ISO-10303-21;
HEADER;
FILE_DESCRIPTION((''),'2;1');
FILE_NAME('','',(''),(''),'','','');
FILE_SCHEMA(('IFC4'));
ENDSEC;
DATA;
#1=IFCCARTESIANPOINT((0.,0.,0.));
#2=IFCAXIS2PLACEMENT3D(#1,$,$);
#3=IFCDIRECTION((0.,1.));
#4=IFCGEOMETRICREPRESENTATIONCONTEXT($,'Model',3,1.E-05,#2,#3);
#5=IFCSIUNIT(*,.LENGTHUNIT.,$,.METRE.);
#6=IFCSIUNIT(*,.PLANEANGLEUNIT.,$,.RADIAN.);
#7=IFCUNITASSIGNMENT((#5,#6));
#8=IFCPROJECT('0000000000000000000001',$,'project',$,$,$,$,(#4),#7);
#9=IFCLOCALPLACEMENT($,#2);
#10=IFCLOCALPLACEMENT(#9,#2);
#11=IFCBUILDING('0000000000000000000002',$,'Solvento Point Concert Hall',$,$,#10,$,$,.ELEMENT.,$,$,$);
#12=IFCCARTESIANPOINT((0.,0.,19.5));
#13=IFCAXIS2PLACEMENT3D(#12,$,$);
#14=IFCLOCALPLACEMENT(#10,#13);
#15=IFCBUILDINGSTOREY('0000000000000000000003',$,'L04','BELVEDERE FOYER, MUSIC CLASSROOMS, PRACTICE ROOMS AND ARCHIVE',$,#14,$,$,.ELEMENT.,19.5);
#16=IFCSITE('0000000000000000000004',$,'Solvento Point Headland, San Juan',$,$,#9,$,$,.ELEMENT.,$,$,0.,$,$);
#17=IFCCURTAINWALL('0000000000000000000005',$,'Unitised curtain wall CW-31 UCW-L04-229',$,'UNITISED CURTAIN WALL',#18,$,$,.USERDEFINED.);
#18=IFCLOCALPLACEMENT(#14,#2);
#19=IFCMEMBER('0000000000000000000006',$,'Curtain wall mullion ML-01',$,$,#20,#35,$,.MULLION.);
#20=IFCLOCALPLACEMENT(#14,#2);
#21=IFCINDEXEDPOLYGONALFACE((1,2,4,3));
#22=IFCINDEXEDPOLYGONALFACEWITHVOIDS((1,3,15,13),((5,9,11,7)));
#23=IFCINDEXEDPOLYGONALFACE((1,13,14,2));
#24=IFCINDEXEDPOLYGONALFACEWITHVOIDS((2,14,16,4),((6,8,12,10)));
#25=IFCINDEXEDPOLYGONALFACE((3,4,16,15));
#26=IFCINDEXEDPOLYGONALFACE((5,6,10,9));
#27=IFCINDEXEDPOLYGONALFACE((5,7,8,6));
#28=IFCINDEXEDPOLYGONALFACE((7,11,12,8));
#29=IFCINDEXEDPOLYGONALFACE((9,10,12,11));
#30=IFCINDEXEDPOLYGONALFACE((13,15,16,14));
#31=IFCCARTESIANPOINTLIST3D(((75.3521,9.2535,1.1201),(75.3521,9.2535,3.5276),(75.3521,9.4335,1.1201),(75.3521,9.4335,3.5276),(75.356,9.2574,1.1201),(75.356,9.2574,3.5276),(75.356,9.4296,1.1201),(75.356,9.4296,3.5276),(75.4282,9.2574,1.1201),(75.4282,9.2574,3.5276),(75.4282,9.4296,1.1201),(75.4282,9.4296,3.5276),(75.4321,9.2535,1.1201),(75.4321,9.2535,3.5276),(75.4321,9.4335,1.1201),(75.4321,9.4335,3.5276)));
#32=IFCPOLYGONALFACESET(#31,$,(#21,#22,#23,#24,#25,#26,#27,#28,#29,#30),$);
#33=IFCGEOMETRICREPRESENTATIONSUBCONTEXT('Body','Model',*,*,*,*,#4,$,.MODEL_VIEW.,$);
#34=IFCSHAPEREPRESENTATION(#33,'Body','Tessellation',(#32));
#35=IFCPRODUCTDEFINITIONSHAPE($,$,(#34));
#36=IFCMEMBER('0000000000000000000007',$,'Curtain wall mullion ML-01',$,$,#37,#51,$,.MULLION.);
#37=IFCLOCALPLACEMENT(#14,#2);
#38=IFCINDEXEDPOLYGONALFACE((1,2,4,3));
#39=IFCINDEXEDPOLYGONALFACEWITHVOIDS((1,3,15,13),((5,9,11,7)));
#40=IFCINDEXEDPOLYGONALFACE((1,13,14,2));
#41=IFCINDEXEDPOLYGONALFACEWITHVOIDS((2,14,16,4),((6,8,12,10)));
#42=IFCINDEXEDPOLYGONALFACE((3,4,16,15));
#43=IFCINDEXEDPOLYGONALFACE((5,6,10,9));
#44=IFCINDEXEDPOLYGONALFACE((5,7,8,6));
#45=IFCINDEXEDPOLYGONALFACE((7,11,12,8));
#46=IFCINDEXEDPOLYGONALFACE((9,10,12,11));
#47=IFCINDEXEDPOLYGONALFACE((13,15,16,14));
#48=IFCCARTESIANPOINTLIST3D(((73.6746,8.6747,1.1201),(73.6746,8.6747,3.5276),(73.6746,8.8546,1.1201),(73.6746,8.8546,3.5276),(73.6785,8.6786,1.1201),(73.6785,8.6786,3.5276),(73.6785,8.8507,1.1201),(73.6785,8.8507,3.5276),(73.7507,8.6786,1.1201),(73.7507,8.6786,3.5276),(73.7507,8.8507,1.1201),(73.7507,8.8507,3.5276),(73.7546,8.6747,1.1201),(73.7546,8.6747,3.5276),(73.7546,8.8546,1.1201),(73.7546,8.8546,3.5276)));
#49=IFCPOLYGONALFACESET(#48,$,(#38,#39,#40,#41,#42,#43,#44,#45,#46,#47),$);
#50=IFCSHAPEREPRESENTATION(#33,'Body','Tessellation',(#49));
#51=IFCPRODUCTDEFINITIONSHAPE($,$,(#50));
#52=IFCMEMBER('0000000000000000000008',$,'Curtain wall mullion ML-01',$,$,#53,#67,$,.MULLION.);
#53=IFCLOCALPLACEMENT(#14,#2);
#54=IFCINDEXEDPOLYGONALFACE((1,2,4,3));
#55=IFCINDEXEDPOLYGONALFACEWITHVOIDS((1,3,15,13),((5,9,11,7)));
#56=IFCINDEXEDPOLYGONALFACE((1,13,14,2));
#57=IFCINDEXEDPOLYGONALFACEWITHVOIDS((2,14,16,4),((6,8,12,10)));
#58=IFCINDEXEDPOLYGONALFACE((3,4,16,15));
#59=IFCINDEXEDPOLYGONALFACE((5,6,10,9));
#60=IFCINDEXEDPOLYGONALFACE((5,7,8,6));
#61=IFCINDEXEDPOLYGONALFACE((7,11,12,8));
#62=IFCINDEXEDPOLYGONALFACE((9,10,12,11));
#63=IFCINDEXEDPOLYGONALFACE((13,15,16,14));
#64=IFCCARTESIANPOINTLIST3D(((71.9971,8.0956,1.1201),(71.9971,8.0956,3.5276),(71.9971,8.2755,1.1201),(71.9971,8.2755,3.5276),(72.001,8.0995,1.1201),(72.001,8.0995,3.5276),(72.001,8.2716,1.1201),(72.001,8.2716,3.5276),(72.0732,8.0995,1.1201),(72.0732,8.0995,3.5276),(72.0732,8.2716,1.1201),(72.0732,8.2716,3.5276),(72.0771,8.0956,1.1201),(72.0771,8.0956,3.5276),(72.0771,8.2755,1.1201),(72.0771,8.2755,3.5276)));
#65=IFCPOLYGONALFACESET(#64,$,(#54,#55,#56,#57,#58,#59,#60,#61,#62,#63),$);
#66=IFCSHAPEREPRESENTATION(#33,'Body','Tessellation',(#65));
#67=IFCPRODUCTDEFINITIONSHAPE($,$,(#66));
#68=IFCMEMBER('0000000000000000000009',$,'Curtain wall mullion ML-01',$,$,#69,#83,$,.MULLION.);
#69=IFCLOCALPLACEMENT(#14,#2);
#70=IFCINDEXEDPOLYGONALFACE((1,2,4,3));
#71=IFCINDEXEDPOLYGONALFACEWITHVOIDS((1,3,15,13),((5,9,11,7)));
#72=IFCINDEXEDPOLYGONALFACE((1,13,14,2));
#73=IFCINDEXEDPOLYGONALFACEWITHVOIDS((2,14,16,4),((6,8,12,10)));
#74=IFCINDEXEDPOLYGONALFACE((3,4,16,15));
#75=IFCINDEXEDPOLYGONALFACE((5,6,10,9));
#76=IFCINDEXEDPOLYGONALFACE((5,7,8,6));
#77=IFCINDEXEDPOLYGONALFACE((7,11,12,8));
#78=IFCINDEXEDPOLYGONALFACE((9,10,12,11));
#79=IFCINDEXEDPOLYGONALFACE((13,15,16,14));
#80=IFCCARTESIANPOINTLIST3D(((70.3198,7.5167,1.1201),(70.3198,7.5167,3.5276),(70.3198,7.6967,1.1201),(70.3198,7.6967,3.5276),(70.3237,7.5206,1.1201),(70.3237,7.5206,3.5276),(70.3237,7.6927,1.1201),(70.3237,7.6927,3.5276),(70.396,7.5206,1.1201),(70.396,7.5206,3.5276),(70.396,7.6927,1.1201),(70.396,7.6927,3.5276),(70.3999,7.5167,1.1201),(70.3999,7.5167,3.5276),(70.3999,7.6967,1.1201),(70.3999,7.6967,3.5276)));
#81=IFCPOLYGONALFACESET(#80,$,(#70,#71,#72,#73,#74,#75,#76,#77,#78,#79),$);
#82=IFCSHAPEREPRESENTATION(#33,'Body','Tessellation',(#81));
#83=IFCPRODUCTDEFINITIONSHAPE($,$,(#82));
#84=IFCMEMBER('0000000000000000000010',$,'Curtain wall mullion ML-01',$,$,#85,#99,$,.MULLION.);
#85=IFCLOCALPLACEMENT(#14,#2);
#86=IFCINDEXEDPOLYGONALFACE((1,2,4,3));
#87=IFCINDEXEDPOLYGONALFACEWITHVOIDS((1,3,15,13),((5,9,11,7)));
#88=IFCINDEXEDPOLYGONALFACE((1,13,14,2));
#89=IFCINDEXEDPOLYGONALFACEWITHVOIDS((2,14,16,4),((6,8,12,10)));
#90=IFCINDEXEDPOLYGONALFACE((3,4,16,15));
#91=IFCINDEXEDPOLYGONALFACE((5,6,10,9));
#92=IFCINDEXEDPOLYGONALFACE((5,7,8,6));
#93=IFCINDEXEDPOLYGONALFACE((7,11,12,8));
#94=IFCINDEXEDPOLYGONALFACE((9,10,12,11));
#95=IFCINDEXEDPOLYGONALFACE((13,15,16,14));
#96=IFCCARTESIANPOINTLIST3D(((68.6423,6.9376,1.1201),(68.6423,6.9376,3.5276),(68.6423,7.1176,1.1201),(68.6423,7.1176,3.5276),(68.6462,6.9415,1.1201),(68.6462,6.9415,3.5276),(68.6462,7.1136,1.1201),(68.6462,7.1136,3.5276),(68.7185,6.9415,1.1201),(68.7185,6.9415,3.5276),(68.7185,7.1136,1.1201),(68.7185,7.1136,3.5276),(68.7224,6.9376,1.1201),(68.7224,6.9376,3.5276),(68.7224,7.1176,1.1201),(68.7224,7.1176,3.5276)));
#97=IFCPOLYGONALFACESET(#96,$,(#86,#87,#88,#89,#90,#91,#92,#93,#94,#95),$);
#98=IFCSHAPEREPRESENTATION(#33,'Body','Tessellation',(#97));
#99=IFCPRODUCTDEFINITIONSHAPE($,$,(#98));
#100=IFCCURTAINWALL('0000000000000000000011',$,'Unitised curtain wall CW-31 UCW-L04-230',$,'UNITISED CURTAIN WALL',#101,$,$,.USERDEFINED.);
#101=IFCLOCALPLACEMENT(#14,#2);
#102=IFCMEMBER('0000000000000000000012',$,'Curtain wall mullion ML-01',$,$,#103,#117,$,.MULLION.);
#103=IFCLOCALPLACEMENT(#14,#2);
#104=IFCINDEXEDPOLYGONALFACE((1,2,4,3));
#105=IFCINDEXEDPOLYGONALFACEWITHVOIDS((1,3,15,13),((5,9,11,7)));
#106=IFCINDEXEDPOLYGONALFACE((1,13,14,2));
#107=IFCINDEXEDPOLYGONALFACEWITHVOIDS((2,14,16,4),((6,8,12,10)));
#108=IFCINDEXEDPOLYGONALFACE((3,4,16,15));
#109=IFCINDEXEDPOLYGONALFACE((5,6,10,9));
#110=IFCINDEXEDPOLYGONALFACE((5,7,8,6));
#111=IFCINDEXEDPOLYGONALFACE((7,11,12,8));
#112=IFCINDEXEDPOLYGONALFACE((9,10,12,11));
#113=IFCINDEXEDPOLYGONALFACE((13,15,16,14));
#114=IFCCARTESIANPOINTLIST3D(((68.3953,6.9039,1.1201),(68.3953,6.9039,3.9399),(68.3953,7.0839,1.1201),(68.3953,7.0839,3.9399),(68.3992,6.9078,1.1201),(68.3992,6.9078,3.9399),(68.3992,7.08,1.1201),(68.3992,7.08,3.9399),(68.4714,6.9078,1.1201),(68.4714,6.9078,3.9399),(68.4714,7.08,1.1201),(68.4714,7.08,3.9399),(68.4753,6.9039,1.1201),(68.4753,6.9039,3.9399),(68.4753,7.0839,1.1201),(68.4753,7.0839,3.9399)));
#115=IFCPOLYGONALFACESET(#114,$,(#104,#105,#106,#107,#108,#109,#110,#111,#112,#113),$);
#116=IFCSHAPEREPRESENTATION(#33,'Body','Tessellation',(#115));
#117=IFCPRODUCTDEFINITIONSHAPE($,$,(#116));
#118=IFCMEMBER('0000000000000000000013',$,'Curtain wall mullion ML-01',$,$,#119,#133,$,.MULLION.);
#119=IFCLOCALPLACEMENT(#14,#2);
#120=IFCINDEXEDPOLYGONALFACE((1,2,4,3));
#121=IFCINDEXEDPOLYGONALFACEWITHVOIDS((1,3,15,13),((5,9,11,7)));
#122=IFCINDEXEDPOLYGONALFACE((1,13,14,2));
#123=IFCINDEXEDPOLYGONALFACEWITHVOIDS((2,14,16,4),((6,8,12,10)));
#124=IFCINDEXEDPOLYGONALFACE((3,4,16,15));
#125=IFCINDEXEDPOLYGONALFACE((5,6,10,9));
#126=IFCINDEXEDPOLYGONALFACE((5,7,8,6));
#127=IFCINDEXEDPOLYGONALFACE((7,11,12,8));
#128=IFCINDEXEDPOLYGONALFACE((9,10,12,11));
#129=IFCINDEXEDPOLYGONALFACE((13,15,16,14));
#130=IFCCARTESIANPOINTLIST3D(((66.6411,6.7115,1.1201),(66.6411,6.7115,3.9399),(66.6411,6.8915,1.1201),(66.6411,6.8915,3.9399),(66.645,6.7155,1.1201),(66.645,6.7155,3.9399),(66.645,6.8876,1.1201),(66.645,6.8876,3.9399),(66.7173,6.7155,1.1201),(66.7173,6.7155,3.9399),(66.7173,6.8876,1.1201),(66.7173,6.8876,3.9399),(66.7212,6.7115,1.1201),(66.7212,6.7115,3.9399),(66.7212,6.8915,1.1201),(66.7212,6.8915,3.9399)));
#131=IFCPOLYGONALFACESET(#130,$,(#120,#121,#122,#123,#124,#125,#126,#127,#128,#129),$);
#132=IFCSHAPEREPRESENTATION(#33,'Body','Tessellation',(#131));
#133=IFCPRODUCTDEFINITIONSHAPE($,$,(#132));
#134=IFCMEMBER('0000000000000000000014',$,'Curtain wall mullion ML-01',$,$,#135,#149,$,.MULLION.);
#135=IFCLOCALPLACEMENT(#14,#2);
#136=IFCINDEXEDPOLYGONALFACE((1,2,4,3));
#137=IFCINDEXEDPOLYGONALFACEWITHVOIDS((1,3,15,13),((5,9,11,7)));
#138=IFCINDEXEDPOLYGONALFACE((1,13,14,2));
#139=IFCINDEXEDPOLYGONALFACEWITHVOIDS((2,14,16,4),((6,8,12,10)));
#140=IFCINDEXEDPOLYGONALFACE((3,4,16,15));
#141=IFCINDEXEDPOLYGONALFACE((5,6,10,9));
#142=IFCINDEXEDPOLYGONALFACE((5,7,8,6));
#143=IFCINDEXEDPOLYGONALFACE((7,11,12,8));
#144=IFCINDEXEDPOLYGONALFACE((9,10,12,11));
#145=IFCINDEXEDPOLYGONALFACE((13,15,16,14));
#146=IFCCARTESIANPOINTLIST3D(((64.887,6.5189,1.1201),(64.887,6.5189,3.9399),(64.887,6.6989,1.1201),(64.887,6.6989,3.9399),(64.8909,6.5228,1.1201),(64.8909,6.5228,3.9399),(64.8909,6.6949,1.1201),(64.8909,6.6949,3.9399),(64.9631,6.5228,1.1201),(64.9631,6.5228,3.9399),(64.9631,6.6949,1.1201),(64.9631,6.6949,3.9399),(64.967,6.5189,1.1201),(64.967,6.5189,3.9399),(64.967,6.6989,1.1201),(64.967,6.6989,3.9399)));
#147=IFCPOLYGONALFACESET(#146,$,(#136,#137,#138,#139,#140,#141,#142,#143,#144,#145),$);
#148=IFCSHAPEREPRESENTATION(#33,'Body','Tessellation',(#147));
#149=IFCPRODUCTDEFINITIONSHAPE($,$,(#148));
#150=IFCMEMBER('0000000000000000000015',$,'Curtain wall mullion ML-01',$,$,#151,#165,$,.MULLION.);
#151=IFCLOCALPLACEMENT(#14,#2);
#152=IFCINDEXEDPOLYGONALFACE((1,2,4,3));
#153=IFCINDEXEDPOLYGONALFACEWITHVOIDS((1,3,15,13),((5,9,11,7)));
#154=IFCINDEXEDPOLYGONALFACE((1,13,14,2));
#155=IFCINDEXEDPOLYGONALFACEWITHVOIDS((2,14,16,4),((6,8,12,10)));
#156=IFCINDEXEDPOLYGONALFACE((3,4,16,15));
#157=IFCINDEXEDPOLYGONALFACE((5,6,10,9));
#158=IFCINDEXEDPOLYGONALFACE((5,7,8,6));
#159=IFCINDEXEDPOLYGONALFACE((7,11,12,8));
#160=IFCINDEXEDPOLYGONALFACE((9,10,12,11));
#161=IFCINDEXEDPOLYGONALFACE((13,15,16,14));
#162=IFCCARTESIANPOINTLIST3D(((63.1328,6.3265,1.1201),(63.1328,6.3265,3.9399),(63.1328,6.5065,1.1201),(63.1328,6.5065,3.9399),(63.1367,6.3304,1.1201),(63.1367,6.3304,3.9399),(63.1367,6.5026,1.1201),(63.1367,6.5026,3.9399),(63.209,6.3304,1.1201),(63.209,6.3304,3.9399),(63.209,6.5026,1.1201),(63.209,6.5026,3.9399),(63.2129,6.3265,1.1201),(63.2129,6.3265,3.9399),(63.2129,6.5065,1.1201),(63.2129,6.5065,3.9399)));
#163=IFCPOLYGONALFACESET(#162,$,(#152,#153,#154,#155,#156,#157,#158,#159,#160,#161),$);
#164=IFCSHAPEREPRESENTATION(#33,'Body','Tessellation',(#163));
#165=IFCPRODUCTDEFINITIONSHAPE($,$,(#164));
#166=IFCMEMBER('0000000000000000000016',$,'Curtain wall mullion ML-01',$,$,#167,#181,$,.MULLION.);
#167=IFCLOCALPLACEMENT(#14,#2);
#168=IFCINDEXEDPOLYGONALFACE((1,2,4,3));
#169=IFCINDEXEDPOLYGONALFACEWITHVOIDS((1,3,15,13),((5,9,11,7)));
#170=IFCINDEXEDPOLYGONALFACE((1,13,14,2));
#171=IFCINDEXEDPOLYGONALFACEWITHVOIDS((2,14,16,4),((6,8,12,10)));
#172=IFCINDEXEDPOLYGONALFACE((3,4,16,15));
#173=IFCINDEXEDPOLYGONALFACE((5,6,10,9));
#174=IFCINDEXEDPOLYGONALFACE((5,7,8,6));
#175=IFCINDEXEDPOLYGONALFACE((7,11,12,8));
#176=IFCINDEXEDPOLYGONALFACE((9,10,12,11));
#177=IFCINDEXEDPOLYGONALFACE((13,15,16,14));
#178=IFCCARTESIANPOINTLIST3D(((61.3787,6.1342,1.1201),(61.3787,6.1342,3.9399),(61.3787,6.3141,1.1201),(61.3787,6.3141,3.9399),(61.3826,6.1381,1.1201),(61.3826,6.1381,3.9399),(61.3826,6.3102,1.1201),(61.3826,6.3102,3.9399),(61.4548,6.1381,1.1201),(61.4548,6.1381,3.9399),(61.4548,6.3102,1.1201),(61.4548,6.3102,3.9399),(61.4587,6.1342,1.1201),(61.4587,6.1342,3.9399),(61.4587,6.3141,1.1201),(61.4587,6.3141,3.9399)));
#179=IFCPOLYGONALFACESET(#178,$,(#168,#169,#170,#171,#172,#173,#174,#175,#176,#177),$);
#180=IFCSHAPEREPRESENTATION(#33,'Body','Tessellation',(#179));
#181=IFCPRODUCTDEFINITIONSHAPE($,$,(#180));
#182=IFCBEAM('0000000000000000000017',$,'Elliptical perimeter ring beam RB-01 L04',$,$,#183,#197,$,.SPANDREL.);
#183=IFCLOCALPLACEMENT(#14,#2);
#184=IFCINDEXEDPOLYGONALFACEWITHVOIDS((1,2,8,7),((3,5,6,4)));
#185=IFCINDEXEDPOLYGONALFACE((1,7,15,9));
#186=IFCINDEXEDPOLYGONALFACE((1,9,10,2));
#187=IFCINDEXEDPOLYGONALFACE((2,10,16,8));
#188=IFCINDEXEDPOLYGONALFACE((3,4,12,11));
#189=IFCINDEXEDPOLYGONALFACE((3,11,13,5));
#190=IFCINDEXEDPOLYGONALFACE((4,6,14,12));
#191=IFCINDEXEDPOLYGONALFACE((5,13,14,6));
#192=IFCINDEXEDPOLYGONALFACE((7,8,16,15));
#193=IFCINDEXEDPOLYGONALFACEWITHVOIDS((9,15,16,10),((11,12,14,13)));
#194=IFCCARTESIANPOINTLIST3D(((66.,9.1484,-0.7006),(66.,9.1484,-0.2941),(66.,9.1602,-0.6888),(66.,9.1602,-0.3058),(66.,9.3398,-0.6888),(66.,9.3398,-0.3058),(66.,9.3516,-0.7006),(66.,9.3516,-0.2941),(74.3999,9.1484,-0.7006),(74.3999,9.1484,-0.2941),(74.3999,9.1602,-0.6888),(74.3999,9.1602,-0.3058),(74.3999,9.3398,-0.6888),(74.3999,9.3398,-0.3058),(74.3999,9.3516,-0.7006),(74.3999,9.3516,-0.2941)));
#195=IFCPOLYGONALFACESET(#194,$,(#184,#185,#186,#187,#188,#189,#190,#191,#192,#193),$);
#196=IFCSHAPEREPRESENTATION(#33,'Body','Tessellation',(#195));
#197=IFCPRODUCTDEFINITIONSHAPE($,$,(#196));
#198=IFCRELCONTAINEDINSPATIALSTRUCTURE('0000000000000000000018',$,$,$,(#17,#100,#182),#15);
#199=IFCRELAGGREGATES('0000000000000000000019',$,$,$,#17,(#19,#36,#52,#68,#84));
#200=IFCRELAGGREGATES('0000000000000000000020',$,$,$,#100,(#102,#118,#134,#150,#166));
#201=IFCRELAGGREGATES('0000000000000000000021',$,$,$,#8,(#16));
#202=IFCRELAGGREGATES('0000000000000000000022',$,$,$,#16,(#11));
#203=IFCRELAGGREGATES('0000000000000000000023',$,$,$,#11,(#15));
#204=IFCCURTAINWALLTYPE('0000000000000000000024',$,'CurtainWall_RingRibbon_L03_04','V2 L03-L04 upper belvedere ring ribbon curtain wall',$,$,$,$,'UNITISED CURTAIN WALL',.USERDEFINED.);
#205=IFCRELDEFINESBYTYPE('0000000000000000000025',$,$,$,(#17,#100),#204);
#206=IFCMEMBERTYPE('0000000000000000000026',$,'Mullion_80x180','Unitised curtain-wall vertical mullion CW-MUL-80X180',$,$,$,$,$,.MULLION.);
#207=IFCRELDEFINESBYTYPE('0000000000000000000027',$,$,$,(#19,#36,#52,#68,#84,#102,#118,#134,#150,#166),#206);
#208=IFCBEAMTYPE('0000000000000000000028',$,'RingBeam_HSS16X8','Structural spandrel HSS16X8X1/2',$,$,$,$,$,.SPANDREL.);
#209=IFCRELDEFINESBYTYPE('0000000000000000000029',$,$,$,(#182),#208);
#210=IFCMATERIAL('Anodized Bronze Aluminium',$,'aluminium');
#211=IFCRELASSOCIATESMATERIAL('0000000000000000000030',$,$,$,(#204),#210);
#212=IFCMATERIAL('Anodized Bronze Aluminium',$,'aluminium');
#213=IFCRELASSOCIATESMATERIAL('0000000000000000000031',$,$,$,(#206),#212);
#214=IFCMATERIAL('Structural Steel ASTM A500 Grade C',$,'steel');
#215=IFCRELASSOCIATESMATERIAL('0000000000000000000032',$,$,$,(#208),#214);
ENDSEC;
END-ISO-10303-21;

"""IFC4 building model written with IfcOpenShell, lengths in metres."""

from ifc_helpers import new_model, si_unit, direction, frame, origin, origin_2d, place, context, subcontext, project, spatial, hollow_rectangle, extrude, material, material_profile, profile_set, type_object, element, aggregate, save


model = new_model("IFC4")

# Units and contexts
model_context = context("Model", 3, precision=1e-05, world=origin(), true_north=direction((0.0, 1.0)))
body_context = subcontext(model_context, "Body", "Model", "MODEL_VIEW")
ifc_project = project(units=[si_unit("LENGTHUNIT", "METRE"), si_unit("PLANEANGLEUNIT", "RADIAN")], contexts=[model_context])

# Site, building, storey
site_placement = place(None, origin())
site = spatial("IfcSite", under=ifc_project, at=site_placement, Name="Solvento Point Headland, San Juan", CompositionType="ELEMENT", RefElevation=0.0)
building_placement = place(site_placement, origin())
building = spatial("IfcBuilding", under=site, at=building_placement, Name="Solvento Point Concert Hall", CompositionType="ELEMENT")
storey_placement = place(building_placement, frame((0.0, 0.0, 19.5)))
storey = spatial("IfcBuildingStorey", under=building, at=storey_placement, Name="L04", Description="BELVEDERE FOYER, MUSIC CLASSROOMS, PRACTICE ROOMS AND ARCHIVE", CompositionType="ELEMENT", Elevation=19.5)

# Curtain walls, members
ifc_material_1 = material(Name="Anodized Bronze Aluminium", Category="aluminium")
curtain_wall_type = type_object("IfcCurtainWallType", Name="CurtainWall_RingRibbon_L03_04", Description="V2 L03-L04 upper belvedere ring ribbon curtain wall", ElementType="UNITISED CURTAIN WALL", PredefinedType="USERDEFINED", material=ifc_material_1)
curtain_wall_1_placement = place(storey_placement, origin())
curtain_wall_1 = element("IfcCurtainWall", 1, at=curtain_wall_1_placement, inside=storey, type_object=curtain_wall_type, Name="Unitised curtain wall CW-31 UCW-L04-229", ObjectType="UNITISED CURTAIN WALL", PredefinedType="USERDEFINED")
ifc_material_2 = material(Name="Anodized Bronze Aluminium", Category="aluminium")
ifc_material_profile_1 = material_profile(ifc_material_2, hollow_rectangle(XDim=0.0801, YDim=0.1799, WallThickness=0.0039, at=origin_2d()), Name="CW-MUL-80X180")
ifc_profile_set_1 = profile_set([ifc_material_profile_1], Name="Anodized Bronze Aluminium")
member_type_1 = type_object("IfcMemberType", Name="Mullion_80x180", Description="Unitised curtain-wall vertical mullion CW-MUL-80X180", PredefinedType="MULLION", material=ifc_profile_set_1)
member_1_placement = place(storey_placement, frame((75.3921, 9.3435, 1.1201), z_axis=(0.0, 0.0, 1.0), x_axis=(1.0, 0.0, 0.0)))
member_1 = element("IfcMember", 2, at=member_1_placement, type_object=member_type_1, Name="Curtain wall mullion ML-01", PredefinedType="MULLION", context=body_context, shape_type="SweptSolid", body=[
    extrude(hollow_rectangle(XDim=0.0801, YDim=0.1799, WallThickness=0.0039, at=origin_2d()), origin(), (0.0, 0.0, 1.0), 2.4075),
])
member_2_placement = place(storey_placement, frame((73.7146, 8.7646, 1.1201), z_axis=(0.0, 0.0, 1.0), x_axis=(1.0, 0.0, 0.0)))
member_2 = element("IfcMember", 3, at=member_2_placement, type_object=member_type_1, Name="Curtain wall mullion ML-01", PredefinedType="MULLION", context=body_context, shape_type="SweptSolid", body=[
    extrude(hollow_rectangle(XDim=0.0801, YDim=0.1799, WallThickness=0.0039, at=origin_2d()), origin(), (0.0, 0.0, 1.0), 2.4075),
])
member_3_placement = place(storey_placement, frame((72.0371, 8.1855, 1.1201), z_axis=(0.0, 0.0, 1.0), x_axis=(1.0, 0.0, 0.0)))
member_3 = element("IfcMember", 4, at=member_3_placement, type_object=member_type_1, Name="Curtain wall mullion ML-01", PredefinedType="MULLION", context=body_context, shape_type="SweptSolid", body=[
    extrude(hollow_rectangle(XDim=0.0801, YDim=0.1799, WallThickness=0.0039, at=origin_2d()), origin(), (0.0, 0.0, 1.0), 2.4075),
])
member_4_placement = place(storey_placement, frame((70.3599, 7.6067, 1.1201), z_axis=(0.0, 0.0, 1.0), x_axis=(1.0, 0.0, 0.0)))
member_4 = element("IfcMember", 5, at=member_4_placement, type_object=member_type_1, Name="Curtain wall mullion ML-01", PredefinedType="MULLION", context=body_context, shape_type="SweptSolid", body=[
    extrude(hollow_rectangle(XDim=0.0801, YDim=0.1799, WallThickness=0.0039, at=origin_2d()), origin(), (0.0, 0.0, 1.0), 2.4075),
])
member_5_placement = place(storey_placement, frame((68.6824, 7.0276, 1.1201), z_axis=(0.0, 0.0, 1.0), x_axis=(1.0, 0.0, 0.0)))
member_5 = element("IfcMember", 6, at=member_5_placement, type_object=member_type_1, Name="Curtain wall mullion ML-01", PredefinedType="MULLION", context=body_context, shape_type="SweptSolid", body=[
    extrude(hollow_rectangle(XDim=0.0801, YDim=0.1799, WallThickness=0.0039, at=origin_2d()), origin(), (0.0, 0.0, 1.0), 2.4075),
])
curtain_wall_2_placement = place(storey_placement, origin())
curtain_wall_2 = element("IfcCurtainWall", 7, at=curtain_wall_2_placement, inside=storey, type_object=curtain_wall_type, Name="Unitised curtain wall CW-31 UCW-L04-230", ObjectType="UNITISED CURTAIN WALL", PredefinedType="USERDEFINED")
member_6_placement = place(storey_placement, frame((68.4353, 6.9939, 1.1201), z_axis=(0.0, 0.0, 1.0), x_axis=(1.0, 0.0, 0.0)))
member_6 = element("IfcMember", 8, at=member_6_placement, type_object=member_type_1, Name="Curtain wall mullion ML-01", PredefinedType="MULLION", context=body_context, shape_type="SweptSolid", body=[
    extrude(hollow_rectangle(XDim=0.0801, YDim=0.1799, WallThickness=0.0039, at=origin_2d()), origin(), (0.0, 0.0, 1.0), 2.8198),
])
member_7_placement = place(storey_placement, frame((66.6812, 6.8015, 1.1201), z_axis=(0.0, 0.0, 1.0), x_axis=(1.0, 0.0, 0.0)))
member_7 = element("IfcMember", 9, at=member_7_placement, type_object=member_type_1, Name="Curtain wall mullion ML-01", PredefinedType="MULLION", context=body_context, shape_type="SweptSolid", body=[
    extrude(hollow_rectangle(XDim=0.0801, YDim=0.1799, WallThickness=0.0039, at=origin_2d()), origin(), (0.0, 0.0, 1.0), 2.8198),
])
member_8_placement = place(storey_placement, frame((64.927, 6.6089, 1.1201), z_axis=(0.0, 0.0, 1.0), x_axis=(1.0, 0.0, 0.0)))
member_8 = element("IfcMember", 10, at=member_8_placement, type_object=member_type_1, Name="Curtain wall mullion ML-01", PredefinedType="MULLION", context=body_context, shape_type="SweptSolid", body=[
    extrude(hollow_rectangle(XDim=0.0801, YDim=0.1799, WallThickness=0.0039, at=origin_2d()), origin(), (0.0, 0.0, 1.0), 2.8198),
])
member_9_placement = place(storey_placement, frame((63.1729, 6.4165, 1.1201), z_axis=(0.0, 0.0, 1.0), x_axis=(1.0, 0.0, 0.0)))
member_9 = element("IfcMember", 11, at=member_9_placement, type_object=member_type_1, Name="Curtain wall mullion ML-01", PredefinedType="MULLION", context=body_context, shape_type="SweptSolid", body=[
    extrude(hollow_rectangle(XDim=0.0801, YDim=0.1799, WallThickness=0.0039, at=origin_2d()), origin(), (0.0, 0.0, 1.0), 2.8198),
])
member_10_placement = place(storey_placement, frame((61.4187, 6.2241, 1.1201), z_axis=(0.0, 0.0, 1.0), x_axis=(1.0, 0.0, 0.0)))
member_10 = element("IfcMember", 12, at=member_10_placement, type_object=member_type_1, Name="Curtain wall mullion ML-01", PredefinedType="MULLION", context=body_context, shape_type="SweptSolid", body=[
    extrude(hollow_rectangle(XDim=0.0801, YDim=0.1799, WallThickness=0.0039, at=origin_2d()), origin(), (0.0, 0.0, 1.0), 2.8198),
])

# Beam
ifc_material_3 = material(Name="Structural Steel ASTM A500 Grade C", Category="steel")
ifc_material_profile_2 = material_profile(ifc_material_3, hollow_rectangle(XDim=0.2031, YDim=0.4065, WallThickness=0.0117, at=origin_2d()), Name="HSS16X8X1/2")
ifc_profile_set_2 = profile_set([ifc_material_profile_2], Name="Structural Steel ASTM A500 Grade C")
beam_type = type_object("IfcBeamType", Name="RingBeam_HSS16X8", Description="Structural spandrel HSS16X8X1/2", PredefinedType="SPANDREL", material=ifc_profile_set_2)
beam_1_placement = place(storey_placement, frame((66.0, 9.25, -0.4973), z_axis=(1.0, 0.0, 0.0), x_axis=(0.0, 1.0, 0.0)))
element("IfcBeam", 13, at=beam_1_placement, inside=storey, type_object=beam_type, Name="Elliptical perimeter ring beam RB-01 L04", PredefinedType="SPANDREL", context=body_context, shape_type="SweptSolid", body=[
    extrude(hollow_rectangle(XDim=0.2031, YDim=0.4065, WallThickness=0.0117, at=origin_2d()), origin(), (0.0, 0.0, 1.0), 8.3999),
])

aggregate(curtain_wall_1, [member_1, member_2, member_3, member_4, member_5])
aggregate(curtain_wall_2, [member_6, member_7, member_8, member_9, member_10])

save(model, "model.ifc")
